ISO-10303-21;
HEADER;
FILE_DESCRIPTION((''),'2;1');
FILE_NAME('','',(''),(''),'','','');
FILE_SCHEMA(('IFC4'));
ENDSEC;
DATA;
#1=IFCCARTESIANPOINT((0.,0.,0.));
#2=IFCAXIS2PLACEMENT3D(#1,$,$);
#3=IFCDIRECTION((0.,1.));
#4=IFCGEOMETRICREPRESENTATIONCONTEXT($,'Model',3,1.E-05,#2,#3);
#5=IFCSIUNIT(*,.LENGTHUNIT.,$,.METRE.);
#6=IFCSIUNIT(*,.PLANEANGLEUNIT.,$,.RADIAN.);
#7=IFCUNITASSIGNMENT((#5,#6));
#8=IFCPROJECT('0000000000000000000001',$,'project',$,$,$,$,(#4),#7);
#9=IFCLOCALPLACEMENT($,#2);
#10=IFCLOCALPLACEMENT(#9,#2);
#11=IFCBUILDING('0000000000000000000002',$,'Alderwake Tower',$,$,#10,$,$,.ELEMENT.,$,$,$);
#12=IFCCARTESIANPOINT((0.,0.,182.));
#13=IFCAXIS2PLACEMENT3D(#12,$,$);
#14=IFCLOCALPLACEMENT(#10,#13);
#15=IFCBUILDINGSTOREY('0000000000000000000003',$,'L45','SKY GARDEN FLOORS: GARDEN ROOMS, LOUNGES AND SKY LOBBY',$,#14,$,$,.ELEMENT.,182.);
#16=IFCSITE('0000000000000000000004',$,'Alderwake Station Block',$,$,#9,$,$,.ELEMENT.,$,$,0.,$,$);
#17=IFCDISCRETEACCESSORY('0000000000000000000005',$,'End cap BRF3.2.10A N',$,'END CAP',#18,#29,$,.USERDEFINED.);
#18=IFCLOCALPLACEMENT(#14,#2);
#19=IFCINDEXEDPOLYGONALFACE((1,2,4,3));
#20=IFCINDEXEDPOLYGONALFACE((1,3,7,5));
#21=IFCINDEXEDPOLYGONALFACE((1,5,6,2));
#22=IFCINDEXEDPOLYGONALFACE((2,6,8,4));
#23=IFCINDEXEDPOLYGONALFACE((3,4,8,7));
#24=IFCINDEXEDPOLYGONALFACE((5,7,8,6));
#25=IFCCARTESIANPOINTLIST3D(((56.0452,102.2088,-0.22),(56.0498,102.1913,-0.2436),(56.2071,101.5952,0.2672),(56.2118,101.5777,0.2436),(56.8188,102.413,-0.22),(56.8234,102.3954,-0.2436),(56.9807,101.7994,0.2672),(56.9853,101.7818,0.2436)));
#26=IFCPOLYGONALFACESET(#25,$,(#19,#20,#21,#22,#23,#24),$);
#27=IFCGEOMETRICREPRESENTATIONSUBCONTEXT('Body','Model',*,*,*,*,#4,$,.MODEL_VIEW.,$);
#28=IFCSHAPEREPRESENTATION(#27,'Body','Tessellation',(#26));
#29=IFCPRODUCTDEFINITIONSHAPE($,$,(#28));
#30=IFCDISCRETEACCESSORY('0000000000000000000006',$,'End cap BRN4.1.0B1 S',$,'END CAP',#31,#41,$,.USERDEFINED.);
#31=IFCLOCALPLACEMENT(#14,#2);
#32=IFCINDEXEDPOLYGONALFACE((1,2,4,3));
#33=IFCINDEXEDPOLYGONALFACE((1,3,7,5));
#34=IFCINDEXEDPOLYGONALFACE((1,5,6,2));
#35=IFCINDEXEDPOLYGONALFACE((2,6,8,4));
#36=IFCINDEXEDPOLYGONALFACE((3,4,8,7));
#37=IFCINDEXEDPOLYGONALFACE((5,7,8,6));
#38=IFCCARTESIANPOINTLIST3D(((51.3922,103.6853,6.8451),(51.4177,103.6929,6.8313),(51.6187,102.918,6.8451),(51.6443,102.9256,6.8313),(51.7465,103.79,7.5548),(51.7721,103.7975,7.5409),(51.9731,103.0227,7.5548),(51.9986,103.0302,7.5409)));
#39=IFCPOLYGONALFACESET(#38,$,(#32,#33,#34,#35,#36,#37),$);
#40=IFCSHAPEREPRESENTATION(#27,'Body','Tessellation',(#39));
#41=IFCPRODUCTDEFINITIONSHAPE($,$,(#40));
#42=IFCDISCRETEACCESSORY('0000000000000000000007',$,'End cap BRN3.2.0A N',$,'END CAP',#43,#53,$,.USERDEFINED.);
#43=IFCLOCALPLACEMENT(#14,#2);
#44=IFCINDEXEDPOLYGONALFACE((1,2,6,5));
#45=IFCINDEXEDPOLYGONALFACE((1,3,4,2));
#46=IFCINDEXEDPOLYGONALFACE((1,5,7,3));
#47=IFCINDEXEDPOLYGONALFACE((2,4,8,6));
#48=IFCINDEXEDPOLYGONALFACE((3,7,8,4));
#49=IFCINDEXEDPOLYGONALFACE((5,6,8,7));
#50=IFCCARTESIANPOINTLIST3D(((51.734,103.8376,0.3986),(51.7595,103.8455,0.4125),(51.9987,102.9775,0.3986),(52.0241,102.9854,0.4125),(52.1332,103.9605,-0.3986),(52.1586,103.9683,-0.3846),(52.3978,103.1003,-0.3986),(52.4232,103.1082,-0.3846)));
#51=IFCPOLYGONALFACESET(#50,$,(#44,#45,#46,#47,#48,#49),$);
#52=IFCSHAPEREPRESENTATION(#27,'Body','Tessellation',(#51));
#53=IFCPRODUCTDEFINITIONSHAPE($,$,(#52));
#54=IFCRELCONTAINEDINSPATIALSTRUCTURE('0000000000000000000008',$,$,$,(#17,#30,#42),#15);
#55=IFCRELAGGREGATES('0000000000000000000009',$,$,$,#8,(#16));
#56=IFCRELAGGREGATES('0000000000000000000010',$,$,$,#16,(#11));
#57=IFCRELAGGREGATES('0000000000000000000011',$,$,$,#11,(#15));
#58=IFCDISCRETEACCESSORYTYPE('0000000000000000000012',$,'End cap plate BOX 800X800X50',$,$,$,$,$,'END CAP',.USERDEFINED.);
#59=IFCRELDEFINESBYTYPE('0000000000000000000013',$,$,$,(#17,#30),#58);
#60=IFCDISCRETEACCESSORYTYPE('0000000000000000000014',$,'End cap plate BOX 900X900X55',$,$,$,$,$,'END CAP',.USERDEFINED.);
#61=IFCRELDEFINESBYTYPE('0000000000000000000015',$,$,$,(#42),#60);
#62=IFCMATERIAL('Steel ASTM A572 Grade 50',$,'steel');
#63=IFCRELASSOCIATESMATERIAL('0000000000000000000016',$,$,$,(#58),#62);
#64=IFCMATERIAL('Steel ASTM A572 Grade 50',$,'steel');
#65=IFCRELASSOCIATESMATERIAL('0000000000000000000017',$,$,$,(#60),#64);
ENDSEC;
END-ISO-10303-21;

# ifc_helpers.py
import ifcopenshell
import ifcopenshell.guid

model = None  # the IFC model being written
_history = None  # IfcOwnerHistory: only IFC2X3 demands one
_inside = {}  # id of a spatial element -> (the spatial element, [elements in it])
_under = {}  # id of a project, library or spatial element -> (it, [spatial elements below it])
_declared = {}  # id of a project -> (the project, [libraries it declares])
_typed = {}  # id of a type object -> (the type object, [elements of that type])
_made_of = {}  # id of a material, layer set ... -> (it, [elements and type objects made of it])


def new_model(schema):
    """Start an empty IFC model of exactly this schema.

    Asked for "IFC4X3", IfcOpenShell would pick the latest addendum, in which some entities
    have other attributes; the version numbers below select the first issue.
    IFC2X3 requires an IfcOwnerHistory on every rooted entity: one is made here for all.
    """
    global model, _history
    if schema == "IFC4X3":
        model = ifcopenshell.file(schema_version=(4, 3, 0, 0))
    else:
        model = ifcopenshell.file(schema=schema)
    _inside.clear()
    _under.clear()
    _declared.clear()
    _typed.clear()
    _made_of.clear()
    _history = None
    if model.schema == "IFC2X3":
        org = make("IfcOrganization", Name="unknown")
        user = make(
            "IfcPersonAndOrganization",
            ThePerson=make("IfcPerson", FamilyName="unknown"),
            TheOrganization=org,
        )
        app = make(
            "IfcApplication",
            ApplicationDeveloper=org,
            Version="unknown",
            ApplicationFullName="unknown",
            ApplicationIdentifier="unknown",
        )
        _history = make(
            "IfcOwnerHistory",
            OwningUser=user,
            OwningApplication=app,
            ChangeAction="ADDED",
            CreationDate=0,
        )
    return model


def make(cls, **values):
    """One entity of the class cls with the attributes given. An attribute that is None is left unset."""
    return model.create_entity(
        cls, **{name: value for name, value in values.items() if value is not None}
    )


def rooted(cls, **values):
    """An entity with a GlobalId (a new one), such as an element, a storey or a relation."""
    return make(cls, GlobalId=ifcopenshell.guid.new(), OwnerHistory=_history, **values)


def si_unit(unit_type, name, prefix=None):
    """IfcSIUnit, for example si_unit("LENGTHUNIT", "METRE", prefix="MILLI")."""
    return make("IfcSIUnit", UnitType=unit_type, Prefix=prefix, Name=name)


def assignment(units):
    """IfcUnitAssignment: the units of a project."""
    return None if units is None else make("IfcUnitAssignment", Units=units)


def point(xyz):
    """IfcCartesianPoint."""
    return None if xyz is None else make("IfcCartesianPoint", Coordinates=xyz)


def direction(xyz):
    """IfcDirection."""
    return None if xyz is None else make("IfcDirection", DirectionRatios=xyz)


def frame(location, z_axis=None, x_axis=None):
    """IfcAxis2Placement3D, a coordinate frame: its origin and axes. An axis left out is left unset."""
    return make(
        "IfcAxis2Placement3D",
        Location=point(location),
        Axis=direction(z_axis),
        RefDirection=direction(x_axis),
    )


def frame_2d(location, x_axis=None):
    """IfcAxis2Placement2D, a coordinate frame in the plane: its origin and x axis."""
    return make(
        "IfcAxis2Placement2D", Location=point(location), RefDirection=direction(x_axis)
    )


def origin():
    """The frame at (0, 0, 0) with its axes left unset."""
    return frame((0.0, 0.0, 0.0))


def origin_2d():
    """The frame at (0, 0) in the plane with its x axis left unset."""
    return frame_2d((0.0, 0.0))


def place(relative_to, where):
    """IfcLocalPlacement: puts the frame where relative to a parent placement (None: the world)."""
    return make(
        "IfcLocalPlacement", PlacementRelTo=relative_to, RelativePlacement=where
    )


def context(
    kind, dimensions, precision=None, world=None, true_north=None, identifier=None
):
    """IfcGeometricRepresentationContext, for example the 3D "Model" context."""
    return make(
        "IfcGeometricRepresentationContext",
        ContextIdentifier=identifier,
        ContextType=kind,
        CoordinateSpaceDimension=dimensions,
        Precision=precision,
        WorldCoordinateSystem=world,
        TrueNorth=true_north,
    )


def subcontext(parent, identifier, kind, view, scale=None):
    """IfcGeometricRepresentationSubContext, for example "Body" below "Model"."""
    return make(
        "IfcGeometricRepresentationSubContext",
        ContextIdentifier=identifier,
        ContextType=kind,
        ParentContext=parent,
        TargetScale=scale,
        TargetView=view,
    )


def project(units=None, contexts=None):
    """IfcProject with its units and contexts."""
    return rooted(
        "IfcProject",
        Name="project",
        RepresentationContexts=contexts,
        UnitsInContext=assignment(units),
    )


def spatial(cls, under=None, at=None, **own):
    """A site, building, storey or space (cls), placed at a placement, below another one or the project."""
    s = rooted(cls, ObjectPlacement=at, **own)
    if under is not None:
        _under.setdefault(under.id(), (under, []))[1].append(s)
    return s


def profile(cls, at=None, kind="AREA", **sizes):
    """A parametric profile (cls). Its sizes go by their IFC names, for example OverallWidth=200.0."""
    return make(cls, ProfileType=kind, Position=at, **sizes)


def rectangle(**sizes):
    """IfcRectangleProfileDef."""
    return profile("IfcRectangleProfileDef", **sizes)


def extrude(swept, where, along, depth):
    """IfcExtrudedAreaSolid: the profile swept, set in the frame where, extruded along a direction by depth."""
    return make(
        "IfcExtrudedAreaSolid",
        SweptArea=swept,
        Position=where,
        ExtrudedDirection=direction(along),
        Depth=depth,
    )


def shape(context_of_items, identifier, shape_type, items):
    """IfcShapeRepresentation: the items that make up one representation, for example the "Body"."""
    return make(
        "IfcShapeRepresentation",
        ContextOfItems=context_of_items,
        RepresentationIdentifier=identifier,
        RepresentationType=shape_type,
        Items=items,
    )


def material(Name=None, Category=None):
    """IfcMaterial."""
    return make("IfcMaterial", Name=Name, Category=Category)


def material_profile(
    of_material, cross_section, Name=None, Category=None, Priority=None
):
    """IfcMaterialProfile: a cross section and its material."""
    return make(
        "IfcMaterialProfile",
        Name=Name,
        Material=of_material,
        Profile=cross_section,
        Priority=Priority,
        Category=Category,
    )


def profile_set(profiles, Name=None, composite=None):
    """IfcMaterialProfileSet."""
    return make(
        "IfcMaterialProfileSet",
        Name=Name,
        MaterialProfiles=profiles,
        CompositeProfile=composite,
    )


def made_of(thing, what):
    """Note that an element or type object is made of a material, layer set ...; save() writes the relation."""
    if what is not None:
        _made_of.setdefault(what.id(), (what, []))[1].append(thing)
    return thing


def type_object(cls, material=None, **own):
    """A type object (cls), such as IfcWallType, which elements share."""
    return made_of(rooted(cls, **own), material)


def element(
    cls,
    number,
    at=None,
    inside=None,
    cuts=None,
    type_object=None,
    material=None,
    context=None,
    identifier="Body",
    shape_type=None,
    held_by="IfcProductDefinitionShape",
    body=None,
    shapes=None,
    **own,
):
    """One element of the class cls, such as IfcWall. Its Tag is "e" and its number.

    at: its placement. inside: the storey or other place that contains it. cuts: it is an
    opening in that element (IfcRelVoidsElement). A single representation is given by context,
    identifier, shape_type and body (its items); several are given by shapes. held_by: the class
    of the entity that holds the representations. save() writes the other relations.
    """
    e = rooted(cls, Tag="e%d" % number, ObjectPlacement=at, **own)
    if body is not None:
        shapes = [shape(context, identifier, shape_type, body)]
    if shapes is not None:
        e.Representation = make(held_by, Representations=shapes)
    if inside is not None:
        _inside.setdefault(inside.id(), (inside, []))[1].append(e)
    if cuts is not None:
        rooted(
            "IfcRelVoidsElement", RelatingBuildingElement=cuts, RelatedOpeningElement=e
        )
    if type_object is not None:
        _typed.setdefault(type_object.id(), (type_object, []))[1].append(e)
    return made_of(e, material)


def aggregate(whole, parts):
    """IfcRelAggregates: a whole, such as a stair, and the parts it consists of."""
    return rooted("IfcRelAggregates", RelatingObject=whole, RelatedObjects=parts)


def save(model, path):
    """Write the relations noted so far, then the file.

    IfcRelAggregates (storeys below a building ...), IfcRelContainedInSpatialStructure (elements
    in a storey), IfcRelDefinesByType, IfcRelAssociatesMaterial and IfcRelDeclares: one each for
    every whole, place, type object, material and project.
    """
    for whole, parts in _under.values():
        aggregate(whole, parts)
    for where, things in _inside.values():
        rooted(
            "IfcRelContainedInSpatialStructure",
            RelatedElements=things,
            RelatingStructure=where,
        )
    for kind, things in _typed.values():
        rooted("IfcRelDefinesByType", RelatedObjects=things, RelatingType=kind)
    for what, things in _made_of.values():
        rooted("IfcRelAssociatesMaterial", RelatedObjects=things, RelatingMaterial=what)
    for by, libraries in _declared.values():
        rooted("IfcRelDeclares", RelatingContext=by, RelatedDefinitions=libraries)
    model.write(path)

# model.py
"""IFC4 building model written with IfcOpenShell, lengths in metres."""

from ifc_helpers import new_model, si_unit, direction, frame, origin, origin_2d, place, context, subcontext, project, spatial, rectangle, extrude, material, material_profile, profile_set, type_object, element, save


model = new_model("IFC4")

# Units and contexts
model_context = context("Model", 3, precision=1e-05, world=origin(), true_north=direction((0.0, 1.0)))
body_context = subcontext(model_context, "Body", "Model", "MODEL_VIEW")
ifc_project = project(units=[si_unit("LENGTHUNIT", "METRE"), si_unit("PLANEANGLEUNIT", "RADIAN")], contexts=[model_context])

# Site, building, storey
site_placement = place(None, origin())
site = spatial("IfcSite", under=ifc_project, at=site_placement, Name="Alderwake Station Block", CompositionType="ELEMENT", RefElevation=0.0)
building_placement = place(site_placement, origin())
building = spatial("IfcBuilding", under=site, at=building_placement, Name="Alderwake Tower", CompositionType="ELEMENT")
storey_placement = place(building_placement, frame((0.0, 0.0, 182.0)))
storey = spatial("IfcBuildingStorey", under=building, at=storey_placement, Name="L45", Description="SKY GARDEN FLOORS: GARDEN ROOMS, LOUNGES AND SKY LOBBY", CompositionType="ELEMENT", Elevation=182.0)

# Discrete accessories
ifc_material_1 = material(Name="Steel ASTM A572 Grade 50", Category="steel")
ifc_material_profile_1 = material_profile(ifc_material_1, rectangle(XDim=0.8, YDim=0.8, at=origin_2d()), Name="BOX 800X800X50 cap")
ifc_profile_set_1 = profile_set([ifc_material_profile_1], Name="Steel ASTM A572 Grade 50")
discrete_accessory_type_1 = type_object("IfcDiscreteAccessoryType", Name="End cap plate BOX 800X800X50", ElementType="END CAP", PredefinedType="USERDEFINED", material=ifc_profile_set_1)
discrete_accessory_1_placement = place(storey_placement, frame((56.5176, 101.9866, 0.0), z_axis=(-0.155373, 0.588781, 0.793219), x_axis=(-0.9669, -0.255154, 0.0)))
element("IfcDiscreteAccessory", 1, at=discrete_accessory_1_placement, inside=storey, type_object=discrete_accessory_type_1, Name="End cap BRF3.2.10A N", ObjectType="END CAP", PredefinedType="USERDEFINED", context=body_context, shape_type="SweptSolid", body=[
    extrude(rectangle(XDim=0.8, YDim=0.8, at=origin_2d()), origin(), (0.0, 0.0, 1.0), 0.0298),
])
discrete_accessory_2_placement = place(storey_placement, frame((51.6826, 103.354, 7.2), z_axis=(0.850684, 0.251154, -0.4618), x_axis=(-0.283155, 0.959074, 0.0)))
element("IfcDiscreteAccessory", 2, at=discrete_accessory_2_placement, inside=storey, type_object=discrete_accessory_type_1, Name="End cap BRN4.1.0B1 S", ObjectType="END CAP", PredefinedType="USERDEFINED", context=body_context, shape_type="SweptSolid", body=[
    extrude(rectangle(XDim=0.8, YDim=0.8, at=origin_2d()), origin(), (0.0, 0.0, 1.0), 0.03),
])
ifc_material_2 = material(Name="Steel ASTM A572 Grade 50", Category="steel")
ifc_material_profile_2 = material_profile(ifc_material_2, rectangle(XDim=0.8999, YDim=0.8999, at=origin_2d()), Name="BOX 900X900X55 cap")
ifc_profile_set_2 = profile_set([ifc_material_profile_2], Name="Steel ASTM A572 Grade 50")
discrete_accessory_type_2 = type_object("IfcDiscreteAccessoryType", Name="End cap plate BOX 900X900X55", ElementType="END CAP", PredefinedType="USERDEFINED", material=ifc_profile_set_2)
discrete_accessory_3_placement = place(storey_placement, frame((52.0659, 103.469, 0.0), z_axis=(0.846648, 0.260507, 0.464028), x_axis=(-0.294086, 0.955779, 0.0)))
element("IfcDiscreteAccessory", 3, at=discrete_accessory_3_placement, inside=storey, type_object=discrete_accessory_type_2, Name="End cap BRN3.2.0A N", ObjectType="END CAP", PredefinedType="USERDEFINED", context=body_context, shape_type="SweptSolid", body=[
    extrude(rectangle(XDim=0.8999, YDim=0.8999, at=origin_2d()), origin(), (0.0, 0.0, 1.0), 0.03),
])

save(model, "model.ifc")
